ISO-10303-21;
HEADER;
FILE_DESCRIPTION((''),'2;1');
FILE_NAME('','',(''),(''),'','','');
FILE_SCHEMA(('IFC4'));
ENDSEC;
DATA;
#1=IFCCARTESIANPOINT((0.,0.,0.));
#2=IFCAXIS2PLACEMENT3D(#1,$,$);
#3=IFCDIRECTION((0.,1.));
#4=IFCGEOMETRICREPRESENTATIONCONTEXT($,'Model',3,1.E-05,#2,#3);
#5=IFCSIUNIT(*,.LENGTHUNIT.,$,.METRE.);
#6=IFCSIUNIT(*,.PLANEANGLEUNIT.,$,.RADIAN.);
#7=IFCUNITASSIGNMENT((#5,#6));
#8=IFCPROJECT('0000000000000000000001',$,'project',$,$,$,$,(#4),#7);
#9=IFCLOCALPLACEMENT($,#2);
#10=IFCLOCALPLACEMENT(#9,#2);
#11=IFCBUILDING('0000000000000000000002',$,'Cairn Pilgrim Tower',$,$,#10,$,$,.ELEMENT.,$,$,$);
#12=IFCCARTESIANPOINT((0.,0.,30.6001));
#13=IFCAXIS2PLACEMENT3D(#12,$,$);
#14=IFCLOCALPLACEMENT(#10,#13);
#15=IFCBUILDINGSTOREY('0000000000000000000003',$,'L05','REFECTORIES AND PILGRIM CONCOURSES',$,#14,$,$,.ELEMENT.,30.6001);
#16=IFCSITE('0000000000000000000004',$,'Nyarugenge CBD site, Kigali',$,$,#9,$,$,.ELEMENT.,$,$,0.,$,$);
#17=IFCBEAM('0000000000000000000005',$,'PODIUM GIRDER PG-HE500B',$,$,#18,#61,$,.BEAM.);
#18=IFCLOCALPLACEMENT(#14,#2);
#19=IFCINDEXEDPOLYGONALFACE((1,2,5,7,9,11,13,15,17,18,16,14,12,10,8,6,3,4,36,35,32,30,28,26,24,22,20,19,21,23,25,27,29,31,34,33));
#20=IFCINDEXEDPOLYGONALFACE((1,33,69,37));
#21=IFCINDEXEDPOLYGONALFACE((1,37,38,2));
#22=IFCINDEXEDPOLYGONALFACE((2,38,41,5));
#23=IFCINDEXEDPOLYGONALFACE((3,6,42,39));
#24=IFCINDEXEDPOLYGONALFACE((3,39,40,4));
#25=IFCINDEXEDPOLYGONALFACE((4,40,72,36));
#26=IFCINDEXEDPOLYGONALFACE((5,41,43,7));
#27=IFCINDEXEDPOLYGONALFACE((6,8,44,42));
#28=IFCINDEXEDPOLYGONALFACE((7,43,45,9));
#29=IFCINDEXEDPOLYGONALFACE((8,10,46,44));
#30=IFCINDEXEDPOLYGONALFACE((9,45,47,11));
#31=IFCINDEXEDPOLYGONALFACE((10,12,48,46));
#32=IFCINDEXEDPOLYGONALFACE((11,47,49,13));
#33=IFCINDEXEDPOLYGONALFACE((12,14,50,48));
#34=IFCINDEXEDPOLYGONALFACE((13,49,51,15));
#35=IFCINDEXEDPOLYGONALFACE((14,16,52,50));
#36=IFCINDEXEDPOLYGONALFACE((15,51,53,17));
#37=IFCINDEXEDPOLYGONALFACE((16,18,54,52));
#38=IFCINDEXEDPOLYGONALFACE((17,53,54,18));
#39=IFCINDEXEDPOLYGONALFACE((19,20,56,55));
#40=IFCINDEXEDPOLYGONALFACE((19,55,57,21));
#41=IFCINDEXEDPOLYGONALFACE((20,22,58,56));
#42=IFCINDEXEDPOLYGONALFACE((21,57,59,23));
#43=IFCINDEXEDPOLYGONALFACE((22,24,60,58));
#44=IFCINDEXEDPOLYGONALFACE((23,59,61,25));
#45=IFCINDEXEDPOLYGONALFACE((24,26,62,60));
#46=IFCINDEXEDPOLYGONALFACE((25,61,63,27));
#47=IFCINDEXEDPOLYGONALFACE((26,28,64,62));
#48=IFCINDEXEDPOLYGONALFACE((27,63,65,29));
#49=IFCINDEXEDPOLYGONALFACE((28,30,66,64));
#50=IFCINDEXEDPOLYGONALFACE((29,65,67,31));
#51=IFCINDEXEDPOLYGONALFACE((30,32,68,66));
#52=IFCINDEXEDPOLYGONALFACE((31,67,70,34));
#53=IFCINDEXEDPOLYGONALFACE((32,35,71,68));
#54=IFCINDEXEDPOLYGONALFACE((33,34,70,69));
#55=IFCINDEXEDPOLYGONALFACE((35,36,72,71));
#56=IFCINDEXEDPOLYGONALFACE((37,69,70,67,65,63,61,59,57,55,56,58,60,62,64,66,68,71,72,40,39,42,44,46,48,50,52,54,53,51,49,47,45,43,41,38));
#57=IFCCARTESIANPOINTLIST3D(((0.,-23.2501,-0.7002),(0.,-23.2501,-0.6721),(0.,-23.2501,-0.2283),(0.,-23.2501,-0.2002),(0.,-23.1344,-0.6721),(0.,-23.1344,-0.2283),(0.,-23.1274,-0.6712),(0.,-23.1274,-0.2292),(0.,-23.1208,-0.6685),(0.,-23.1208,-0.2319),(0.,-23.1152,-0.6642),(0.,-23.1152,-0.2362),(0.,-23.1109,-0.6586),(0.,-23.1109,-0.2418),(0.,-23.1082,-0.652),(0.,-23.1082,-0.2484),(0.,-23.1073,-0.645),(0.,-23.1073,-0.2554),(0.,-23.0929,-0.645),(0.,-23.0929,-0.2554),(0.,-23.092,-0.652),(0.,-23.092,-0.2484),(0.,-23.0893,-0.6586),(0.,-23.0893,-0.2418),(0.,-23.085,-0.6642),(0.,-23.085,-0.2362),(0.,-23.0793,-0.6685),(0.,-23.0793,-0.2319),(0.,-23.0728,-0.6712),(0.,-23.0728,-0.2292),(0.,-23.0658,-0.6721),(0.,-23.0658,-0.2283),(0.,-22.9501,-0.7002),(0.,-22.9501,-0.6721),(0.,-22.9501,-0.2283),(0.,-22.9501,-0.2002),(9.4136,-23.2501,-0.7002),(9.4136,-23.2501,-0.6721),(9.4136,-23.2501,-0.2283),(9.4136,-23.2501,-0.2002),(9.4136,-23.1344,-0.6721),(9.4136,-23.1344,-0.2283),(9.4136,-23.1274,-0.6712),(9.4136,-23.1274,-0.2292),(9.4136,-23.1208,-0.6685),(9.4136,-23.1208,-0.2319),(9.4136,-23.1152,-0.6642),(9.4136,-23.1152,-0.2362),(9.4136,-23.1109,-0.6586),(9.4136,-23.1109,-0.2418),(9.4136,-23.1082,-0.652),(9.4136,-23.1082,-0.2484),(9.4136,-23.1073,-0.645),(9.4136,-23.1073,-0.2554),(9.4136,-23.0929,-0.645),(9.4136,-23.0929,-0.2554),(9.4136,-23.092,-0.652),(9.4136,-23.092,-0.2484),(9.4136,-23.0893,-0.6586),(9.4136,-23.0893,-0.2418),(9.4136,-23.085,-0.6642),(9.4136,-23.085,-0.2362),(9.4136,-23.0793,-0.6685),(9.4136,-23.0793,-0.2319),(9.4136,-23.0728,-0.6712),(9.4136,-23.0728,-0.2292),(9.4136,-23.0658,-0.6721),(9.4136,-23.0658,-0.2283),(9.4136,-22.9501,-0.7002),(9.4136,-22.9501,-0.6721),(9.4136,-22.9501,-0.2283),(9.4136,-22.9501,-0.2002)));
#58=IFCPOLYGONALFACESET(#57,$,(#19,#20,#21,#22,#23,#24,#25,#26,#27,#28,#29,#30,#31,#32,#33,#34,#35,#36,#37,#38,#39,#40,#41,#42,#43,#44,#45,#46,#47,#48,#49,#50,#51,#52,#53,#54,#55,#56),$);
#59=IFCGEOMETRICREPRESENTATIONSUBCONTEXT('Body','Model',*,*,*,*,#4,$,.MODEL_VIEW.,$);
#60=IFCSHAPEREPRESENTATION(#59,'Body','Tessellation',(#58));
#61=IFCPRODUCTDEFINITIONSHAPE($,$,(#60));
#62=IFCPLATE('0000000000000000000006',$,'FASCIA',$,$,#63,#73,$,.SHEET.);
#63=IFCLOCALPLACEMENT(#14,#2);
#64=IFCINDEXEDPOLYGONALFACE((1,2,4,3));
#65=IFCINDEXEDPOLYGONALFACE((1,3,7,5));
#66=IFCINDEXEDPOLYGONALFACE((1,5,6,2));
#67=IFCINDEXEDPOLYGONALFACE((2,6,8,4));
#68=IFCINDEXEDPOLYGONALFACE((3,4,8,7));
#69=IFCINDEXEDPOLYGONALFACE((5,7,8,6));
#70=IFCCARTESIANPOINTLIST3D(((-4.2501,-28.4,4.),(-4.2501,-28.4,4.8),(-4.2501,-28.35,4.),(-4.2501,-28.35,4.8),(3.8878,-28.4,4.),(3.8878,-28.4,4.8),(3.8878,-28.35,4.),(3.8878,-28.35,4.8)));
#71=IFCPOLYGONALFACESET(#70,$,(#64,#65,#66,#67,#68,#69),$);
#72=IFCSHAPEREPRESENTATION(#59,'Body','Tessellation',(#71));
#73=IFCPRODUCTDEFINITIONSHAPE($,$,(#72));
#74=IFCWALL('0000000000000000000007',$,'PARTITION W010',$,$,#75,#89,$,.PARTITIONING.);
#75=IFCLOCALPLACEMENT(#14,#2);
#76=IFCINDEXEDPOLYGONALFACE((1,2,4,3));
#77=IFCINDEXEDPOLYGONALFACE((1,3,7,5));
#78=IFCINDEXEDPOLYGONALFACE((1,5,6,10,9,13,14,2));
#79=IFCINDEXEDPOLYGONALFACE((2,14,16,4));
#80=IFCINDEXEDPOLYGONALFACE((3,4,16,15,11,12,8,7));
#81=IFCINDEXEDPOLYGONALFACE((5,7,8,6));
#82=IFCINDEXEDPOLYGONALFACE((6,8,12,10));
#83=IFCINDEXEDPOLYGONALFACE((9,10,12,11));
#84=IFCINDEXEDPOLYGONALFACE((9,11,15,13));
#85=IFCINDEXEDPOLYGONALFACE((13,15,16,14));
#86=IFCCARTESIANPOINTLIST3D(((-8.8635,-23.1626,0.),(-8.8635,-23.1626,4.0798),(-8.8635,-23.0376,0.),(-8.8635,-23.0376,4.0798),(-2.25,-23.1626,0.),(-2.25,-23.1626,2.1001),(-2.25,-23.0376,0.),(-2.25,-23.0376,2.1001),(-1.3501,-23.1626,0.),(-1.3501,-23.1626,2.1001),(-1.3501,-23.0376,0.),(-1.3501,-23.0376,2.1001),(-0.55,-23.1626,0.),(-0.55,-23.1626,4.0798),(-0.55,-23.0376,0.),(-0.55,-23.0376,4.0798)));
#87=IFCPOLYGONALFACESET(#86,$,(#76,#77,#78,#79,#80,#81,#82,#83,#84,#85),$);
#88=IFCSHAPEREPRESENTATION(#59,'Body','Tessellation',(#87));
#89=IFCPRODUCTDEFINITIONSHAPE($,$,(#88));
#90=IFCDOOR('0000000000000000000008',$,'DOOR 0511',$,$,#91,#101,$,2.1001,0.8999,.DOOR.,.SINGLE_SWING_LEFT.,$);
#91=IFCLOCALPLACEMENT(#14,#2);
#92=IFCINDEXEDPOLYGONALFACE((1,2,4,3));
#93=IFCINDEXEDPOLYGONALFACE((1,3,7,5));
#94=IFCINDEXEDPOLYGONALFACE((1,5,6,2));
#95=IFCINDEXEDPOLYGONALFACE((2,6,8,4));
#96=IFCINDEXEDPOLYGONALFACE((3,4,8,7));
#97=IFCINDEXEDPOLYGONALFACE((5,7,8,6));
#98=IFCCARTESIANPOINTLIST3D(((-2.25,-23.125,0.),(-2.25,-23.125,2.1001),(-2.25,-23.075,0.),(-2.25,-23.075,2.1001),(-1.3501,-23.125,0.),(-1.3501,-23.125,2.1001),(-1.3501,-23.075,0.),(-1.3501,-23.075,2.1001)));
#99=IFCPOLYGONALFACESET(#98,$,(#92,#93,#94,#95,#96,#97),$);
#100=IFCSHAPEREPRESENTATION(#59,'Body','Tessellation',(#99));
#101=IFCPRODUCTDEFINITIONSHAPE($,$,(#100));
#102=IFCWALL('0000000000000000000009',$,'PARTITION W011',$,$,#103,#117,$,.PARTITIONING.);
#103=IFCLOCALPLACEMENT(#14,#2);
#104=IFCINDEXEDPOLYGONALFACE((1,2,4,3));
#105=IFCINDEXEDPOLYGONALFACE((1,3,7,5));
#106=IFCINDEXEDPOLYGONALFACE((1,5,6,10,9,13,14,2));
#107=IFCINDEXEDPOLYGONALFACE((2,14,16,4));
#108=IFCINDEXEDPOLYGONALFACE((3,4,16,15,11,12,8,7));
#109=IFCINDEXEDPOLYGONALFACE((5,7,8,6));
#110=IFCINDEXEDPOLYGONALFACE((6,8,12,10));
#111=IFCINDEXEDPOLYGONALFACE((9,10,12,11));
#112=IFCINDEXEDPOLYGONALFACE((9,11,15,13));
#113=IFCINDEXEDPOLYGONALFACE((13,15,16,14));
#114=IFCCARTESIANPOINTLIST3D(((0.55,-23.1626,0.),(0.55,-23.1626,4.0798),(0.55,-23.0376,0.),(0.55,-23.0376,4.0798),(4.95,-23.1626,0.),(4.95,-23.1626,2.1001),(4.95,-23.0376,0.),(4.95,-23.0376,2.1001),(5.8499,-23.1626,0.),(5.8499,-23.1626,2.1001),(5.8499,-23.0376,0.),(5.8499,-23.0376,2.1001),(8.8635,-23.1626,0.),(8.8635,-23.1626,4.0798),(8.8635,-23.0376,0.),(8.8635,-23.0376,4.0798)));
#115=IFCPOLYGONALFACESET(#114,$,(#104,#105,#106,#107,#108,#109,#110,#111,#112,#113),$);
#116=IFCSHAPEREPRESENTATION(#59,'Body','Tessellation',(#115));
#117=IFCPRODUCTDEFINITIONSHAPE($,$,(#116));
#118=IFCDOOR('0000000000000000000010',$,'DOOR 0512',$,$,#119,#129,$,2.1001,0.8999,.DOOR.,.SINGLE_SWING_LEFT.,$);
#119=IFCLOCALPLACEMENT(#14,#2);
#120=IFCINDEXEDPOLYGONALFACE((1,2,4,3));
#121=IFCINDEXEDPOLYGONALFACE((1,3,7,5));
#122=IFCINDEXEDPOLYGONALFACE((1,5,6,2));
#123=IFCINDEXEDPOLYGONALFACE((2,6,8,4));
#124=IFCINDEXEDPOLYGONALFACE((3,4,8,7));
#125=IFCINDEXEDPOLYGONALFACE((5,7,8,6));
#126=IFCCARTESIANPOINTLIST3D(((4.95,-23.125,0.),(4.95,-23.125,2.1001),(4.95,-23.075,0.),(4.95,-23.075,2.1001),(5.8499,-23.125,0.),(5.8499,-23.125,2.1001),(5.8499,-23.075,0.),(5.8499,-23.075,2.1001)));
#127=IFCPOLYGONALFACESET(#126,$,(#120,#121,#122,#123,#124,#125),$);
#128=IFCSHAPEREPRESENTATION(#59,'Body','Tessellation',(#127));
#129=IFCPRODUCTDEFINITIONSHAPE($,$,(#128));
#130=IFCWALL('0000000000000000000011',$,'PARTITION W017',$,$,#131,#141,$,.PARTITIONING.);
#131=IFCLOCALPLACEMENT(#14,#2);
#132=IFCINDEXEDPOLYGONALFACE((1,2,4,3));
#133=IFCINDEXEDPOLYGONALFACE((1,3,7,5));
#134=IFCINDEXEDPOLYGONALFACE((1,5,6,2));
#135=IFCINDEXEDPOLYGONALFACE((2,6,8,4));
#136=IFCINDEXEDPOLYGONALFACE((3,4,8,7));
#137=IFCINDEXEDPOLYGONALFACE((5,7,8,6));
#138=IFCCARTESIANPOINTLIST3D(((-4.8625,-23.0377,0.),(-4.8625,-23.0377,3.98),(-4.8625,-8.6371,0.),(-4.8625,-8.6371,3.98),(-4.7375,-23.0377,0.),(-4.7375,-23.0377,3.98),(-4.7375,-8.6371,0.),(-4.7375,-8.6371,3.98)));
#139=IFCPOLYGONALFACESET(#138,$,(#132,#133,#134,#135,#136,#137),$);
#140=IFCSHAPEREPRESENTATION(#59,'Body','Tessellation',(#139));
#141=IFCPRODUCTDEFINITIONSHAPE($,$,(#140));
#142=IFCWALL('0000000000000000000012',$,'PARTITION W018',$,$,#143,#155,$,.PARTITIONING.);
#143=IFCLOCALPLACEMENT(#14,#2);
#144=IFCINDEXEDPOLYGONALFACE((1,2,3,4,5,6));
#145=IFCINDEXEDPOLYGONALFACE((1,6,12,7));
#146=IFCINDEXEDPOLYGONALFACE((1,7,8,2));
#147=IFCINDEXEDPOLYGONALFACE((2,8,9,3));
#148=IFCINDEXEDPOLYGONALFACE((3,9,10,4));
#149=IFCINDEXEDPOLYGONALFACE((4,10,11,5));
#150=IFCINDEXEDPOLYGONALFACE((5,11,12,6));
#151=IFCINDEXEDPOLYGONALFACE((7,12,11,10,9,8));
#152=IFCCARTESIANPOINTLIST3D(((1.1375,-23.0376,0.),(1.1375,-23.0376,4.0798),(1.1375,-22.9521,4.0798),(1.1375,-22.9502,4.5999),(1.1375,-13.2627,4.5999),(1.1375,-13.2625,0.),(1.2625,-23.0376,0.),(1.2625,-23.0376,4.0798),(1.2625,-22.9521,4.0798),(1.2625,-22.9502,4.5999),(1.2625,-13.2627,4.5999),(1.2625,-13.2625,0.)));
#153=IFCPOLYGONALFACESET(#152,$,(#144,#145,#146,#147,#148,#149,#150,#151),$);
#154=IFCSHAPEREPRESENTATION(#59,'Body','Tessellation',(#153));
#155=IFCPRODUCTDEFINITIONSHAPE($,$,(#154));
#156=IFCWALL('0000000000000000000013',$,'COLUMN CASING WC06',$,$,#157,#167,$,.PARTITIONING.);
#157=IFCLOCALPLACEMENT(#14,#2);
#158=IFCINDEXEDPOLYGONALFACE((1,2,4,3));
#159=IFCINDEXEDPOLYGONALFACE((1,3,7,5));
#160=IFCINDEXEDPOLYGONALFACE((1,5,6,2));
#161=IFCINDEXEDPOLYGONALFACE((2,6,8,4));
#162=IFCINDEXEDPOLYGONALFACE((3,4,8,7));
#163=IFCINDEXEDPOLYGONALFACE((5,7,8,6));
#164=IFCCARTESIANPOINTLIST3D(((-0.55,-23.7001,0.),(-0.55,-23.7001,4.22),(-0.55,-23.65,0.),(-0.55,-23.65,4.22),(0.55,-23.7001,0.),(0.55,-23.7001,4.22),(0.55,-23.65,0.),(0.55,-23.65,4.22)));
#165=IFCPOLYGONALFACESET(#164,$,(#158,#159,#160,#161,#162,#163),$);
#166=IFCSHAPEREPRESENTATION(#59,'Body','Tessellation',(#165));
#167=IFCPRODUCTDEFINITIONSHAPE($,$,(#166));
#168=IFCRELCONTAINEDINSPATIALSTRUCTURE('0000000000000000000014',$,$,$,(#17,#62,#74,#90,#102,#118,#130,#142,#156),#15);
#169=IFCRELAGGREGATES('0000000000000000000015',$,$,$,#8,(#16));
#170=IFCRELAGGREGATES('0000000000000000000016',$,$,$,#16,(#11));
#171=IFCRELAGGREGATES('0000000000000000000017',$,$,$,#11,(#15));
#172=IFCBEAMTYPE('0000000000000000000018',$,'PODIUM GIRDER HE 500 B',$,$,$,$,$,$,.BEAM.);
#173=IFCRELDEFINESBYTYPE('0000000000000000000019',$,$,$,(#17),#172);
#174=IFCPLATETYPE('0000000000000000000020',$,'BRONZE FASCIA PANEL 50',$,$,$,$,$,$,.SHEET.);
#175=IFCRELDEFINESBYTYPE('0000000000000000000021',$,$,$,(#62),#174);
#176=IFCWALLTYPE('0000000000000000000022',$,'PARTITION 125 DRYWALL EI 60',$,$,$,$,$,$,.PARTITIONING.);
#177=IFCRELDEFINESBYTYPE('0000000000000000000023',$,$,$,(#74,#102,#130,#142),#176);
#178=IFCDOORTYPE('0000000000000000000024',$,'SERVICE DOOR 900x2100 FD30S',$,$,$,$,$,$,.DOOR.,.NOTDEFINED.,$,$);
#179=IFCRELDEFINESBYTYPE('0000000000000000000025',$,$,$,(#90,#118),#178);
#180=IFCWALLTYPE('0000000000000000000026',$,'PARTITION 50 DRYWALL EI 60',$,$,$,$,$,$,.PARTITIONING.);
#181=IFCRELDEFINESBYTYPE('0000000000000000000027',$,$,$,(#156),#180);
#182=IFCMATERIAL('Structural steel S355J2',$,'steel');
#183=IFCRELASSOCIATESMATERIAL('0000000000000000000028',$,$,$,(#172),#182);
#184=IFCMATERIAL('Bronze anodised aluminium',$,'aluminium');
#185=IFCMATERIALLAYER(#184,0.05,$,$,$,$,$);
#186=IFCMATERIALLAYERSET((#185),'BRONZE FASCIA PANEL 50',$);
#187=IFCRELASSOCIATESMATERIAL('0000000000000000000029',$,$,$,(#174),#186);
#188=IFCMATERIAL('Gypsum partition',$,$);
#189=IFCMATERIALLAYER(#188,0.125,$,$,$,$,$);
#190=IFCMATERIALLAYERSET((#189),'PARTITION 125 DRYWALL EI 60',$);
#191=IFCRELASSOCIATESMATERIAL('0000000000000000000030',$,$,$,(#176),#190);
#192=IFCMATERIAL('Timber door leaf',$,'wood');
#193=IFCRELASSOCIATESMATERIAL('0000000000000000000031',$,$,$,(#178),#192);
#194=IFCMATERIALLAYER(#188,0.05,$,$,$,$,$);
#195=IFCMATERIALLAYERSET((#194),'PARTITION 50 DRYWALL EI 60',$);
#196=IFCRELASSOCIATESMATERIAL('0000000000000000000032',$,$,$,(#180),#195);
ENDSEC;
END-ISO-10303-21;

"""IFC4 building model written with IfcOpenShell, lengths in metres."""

from ifc_helpers import new_model, si_unit, direction, frame, frame_2d, origin, origin_2d, place, context, subcontext, project, spatial, polyline, rectangle, i_section, outline, extrude, material, layer, layer_set, material_profile, profile_set, type_object, element, fill, save


model = new_model("IFC4")

# Units and contexts
model_context = context("Model", 3, precision=1e-05, world=origin(), true_north=direction((0.0, 1.0)))
body_context = subcontext(model_context, "Body", "Model", "MODEL_VIEW")
ifc_project = project(units=[si_unit("LENGTHUNIT", "METRE"), si_unit("PLANEANGLEUNIT", "RADIAN")], contexts=[model_context])

# Site, building, storey
site_placement = place(None, origin())
site = spatial("IfcSite", under=ifc_project, at=site_placement, Name="Nyarugenge CBD site, Kigali", CompositionType="ELEMENT", RefElevation=0.0)
building_placement = place(site_placement, origin())
building = spatial("IfcBuilding", under=site, at=building_placement, Name="Cairn Pilgrim Tower", CompositionType="ELEMENT")
storey_placement = place(building_placement, frame((0.0, 0.0, 30.6001)))
storey = spatial("IfcBuildingStorey", under=building, at=storey_placement, Name="L05", Description="REFECTORIES AND PILGRIM CONCOURSES", CompositionType="ELEMENT", Elevation=30.6001)

# Beam
ifc_material_1 = material(Name="Structural steel S355J2", Category="steel")
ifc_material_profile_1 = material_profile(ifc_material_1, i_section(OverallWidth=0.3, OverallDepth=0.5, WebThickness=0.0144, FlangeThickness=0.0281, FilletRadius=0.0271, at=origin_2d()), Name="HEB 500")
ifc_profile_set_1 = profile_set([ifc_material_profile_1], Name="Structural steel S355J2")
beam_type_1 = type_object("IfcBeamType", Name="PODIUM GIRDER HE 500 B", PredefinedType="BEAM", material=ifc_profile_set_1)
beam_1_placement = place(storey_placement, frame((0.0, -23.1001, -0.4502), z_axis=(1.0, 0.0, 0.0), x_axis=(0.0, 1.0, 0.0)))
element("IfcBeam", 1, at=beam_1_placement, inside=storey, type_object=beam_type_1, Name="PODIUM GIRDER PG-HE500B", PredefinedType="BEAM", context=body_context, shape_type="SweptSolid", body=[
    extrude(i_section(OverallWidth=0.3, OverallDepth=0.5, WebThickness=0.0144, FlangeThickness=0.0281, FilletRadius=0.0271, at=origin_2d()), origin(), (0.0, 0.0, 1.0), 9.4136),
])

# Plate
ifc_material_2 = material(Name="Bronze anodised aluminium", Category="aluminium")
ifc_layer_1 = layer(ifc_material_2, 0.05)
ifc_layer_set_1 = layer_set([ifc_layer_1], Name="BRONZE FASCIA PANEL 50")
plate_type = type_object("IfcPlateType", Name="BRONZE FASCIA PANEL 50", PredefinedType="SHEET", material=ifc_layer_set_1)
plate_placement = place(storey_placement, frame((-0.1812, -28.375, 4.0), z_axis=(0.0, 0.0, 1.0), x_axis=(1.0, 0.0, 0.0)))
element("IfcPlate", 2, at=plate_placement, inside=storey, type_object=plate_type, Name="FASCIA", PredefinedType="SHEET", context=body_context, shape_type="SweptSolid", body=[
    extrude(rectangle(XDim=8.1379, YDim=0.05, at=origin_2d()), origin(), (0.0, 0.0, 1.0), 0.8),
])

# Walls, openings, doors
ifc_material_3 = material(Name="Gypsum partition")
ifc_layer_2 = layer(ifc_material_3, 0.125)
ifc_layer_set_2 = layer_set([ifc_layer_2], Name="PARTITION 125 DRYWALL EI 60")
wall_type_1 = type_object("IfcWallType", Name="PARTITION 125 DRYWALL EI 60", PredefinedType="PARTITIONING", material=ifc_layer_set_2)
wall_1_placement = place(storey_placement, frame((-8.8635, -23.1001, 0.0), z_axis=(0.0, 0.0, 1.0), x_axis=(1.0, 0.0, 0.0)))
wall_1 = element("IfcWall", 3, at=wall_1_placement, inside=storey, type_object=wall_type_1, Name="PARTITION W010", PredefinedType="PARTITIONING", context=body_context, shape_type="SweptSolid", body=[
    extrude(rectangle(XDim=8.3135, YDim=0.125, at=frame_2d((4.1567, 0.0))), origin(), (0.0, 0.0, 1.0), 4.0798),
])
opening_1_placement = place(wall_1_placement, frame((6.6135, 0.0, 0.0)))
opening_1 = element("IfcOpeningElement", 4, at=opening_1_placement, cuts=wall_1, PredefinedType="OPENING", context=body_context, shape_type="SweptSolid", body=[
    extrude(rectangle(XDim=0.8999, YDim=2.1001, at=frame_2d((0.45, 1.05))), frame((0.0, 0.0725, 0.0), z_axis=(0.0, -1.0, 0.0), x_axis=(1.0, 0.0, 0.0)), (0.0, 0.0, 1.0), 0.145),
])
ifc_material_4 = material(Name="Timber door leaf", Category="wood")
door_type = type_object("IfcDoorType", Name="SERVICE DOOR 900x2100 FD30S", OperationType="NOTDEFINED", PredefinedType="DOOR", material=ifc_material_4)
door_1_placement = place(opening_1_placement, frame((0.8999, 0.0, 0.0), z_axis=(0.0, 0.0, 1.0), x_axis=(-1.0, 0.0, 0.0)))
door_1 = element("IfcDoor", 5, at=door_1_placement, inside=storey, type_object=door_type, Name="DOOR 0511", OperationType="SINGLE_SWING_LEFT", OverallHeight=2.1001, OverallWidth=0.8999, PredefinedType="DOOR", context=body_context, shape_type="SweptSolid", body=[
    extrude(rectangle(XDim=0.8999, YDim=2.1001, at=frame_2d((0.45, 1.05))), frame((0.0, 0.0249, 0.0), z_axis=(0.0, -1.0, 0.0), x_axis=(1.0, 0.0, 0.0)), (0.0, 0.0, 1.0), 0.05),
])
fill(opening_1, door_1)
wall_2_placement = place(storey_placement, frame((0.55, -23.1001, 0.0), z_axis=(0.0, 0.0, 1.0), x_axis=(1.0, 0.0, 0.0)))
wall_2 = element("IfcWall", 6, at=wall_2_placement, inside=storey, type_object=wall_type_1, Name="PARTITION W011", PredefinedType="PARTITIONING", context=body_context, shape_type="SweptSolid", body=[
    extrude(rectangle(XDim=8.3135, YDim=0.125, at=frame_2d((4.1567, 0.0))), origin(), (0.0, 0.0, 1.0), 4.0798),
])
opening_2_placement = place(wall_2_placement, frame((4.3999, 0.0, 0.0)))
opening_2 = element("IfcOpeningElement", 7, at=opening_2_placement, cuts=wall_2, PredefinedType="OPENING", context=body_context, shape_type="SweptSolid", body=[
    extrude(rectangle(XDim=0.8999, YDim=2.1001, at=frame_2d((0.45, 1.05))), frame((0.0, 0.0725, 0.0), z_axis=(0.0, -1.0, 0.0), x_axis=(1.0, 0.0, 0.0)), (0.0, 0.0, 1.0), 0.145),
])
door_2_placement = place(opening_2_placement, frame((0.8999, 0.0, 0.0), z_axis=(0.0, 0.0, 1.0), x_axis=(-1.0, 0.0, 0.0)))
door_2 = element("IfcDoor", 8, at=door_2_placement, inside=storey, type_object=door_type, Name="DOOR 0512", OperationType="SINGLE_SWING_LEFT", OverallHeight=2.1001, OverallWidth=0.8999, PredefinedType="DOOR", context=body_context, shape_type="SweptSolid", body=[
    extrude(rectangle(XDim=0.8999, YDim=2.1001, at=frame_2d((0.45, 1.05))), frame((0.0, 0.0249, 0.0), z_axis=(0.0, -1.0, 0.0), x_axis=(1.0, 0.0, 0.0)), (0.0, 0.0, 1.0), 0.05),
])
fill(opening_2, door_2)

# Walls
wall_3_placement = place(storey_placement, frame((-4.8, -23.0376, 0.0), z_axis=(0.0, 0.0, 1.0), x_axis=(0.0, 1.0, 0.0)))
element("IfcWall", 9, at=wall_3_placement, inside=storey, type_object=wall_type_1, Name="PARTITION W017", PredefinedType="PARTITIONING", context=body_context, shape_type="SweptSolid", body=[
    extrude(rectangle(XDim=14.4006, YDim=0.125, at=frame_2d((7.2002, 0.0))), origin(), (0.0, 0.0, 1.0), 3.98),
])
wall_4_placement = place(storey_placement, frame((1.2, -23.0376, 0.0), z_axis=(0.0, 0.0, 1.0), x_axis=(0.0, 1.0, 0.0)))
element("IfcWall", 10, at=wall_4_placement, inside=storey, type_object=wall_type_1, Name="PARTITION W018", PredefinedType="PARTITIONING", context=body_context, shape_type="SweptSolid", body=[
    extrude(outline(polyline([(0.0, 0.0), (9.7751, 0.0), (9.7749, 4.5999), (0.0874, 4.5999), (0.0854, 4.0798), (0.0, 4.0798), (0.0, 0.0)])), frame((0.0, 0.0625, 0.0), z_axis=(0.0, -1.0, 0.0), x_axis=(1.0, 0.0, 0.0)), (0.0, 0.0, 1.0), 0.125),
])
ifc_layer_3 = layer(ifc_material_3, 0.05)
ifc_layer_set_3 = layer_set([ifc_layer_3], Name="PARTITION 50 DRYWALL EI 60")
wall_type_2 = type_object("IfcWallType", Name="PARTITION 50 DRYWALL EI 60", PredefinedType="PARTITIONING", material=ifc_layer_set_3)
wall_5_placement = place(storey_placement, frame((-0.55, -23.675, 0.0), z_axis=(0.0, 0.0, 1.0), x_axis=(1.0, 0.0, 0.0)))
element("IfcWall", 11, at=wall_5_placement, inside=storey, type_object=wall_type_2, Name="COLUMN CASING WC06", PredefinedType="PARTITIONING", context=body_context, shape_type="SweptSolid", body=[
    extrude(rectangle(XDim=1.1001, YDim=0.05, at=frame_2d((0.55, 0.0))), origin(), (0.0, 0.0, 1.0), 4.22),
])

save(model, "model.ifc")
